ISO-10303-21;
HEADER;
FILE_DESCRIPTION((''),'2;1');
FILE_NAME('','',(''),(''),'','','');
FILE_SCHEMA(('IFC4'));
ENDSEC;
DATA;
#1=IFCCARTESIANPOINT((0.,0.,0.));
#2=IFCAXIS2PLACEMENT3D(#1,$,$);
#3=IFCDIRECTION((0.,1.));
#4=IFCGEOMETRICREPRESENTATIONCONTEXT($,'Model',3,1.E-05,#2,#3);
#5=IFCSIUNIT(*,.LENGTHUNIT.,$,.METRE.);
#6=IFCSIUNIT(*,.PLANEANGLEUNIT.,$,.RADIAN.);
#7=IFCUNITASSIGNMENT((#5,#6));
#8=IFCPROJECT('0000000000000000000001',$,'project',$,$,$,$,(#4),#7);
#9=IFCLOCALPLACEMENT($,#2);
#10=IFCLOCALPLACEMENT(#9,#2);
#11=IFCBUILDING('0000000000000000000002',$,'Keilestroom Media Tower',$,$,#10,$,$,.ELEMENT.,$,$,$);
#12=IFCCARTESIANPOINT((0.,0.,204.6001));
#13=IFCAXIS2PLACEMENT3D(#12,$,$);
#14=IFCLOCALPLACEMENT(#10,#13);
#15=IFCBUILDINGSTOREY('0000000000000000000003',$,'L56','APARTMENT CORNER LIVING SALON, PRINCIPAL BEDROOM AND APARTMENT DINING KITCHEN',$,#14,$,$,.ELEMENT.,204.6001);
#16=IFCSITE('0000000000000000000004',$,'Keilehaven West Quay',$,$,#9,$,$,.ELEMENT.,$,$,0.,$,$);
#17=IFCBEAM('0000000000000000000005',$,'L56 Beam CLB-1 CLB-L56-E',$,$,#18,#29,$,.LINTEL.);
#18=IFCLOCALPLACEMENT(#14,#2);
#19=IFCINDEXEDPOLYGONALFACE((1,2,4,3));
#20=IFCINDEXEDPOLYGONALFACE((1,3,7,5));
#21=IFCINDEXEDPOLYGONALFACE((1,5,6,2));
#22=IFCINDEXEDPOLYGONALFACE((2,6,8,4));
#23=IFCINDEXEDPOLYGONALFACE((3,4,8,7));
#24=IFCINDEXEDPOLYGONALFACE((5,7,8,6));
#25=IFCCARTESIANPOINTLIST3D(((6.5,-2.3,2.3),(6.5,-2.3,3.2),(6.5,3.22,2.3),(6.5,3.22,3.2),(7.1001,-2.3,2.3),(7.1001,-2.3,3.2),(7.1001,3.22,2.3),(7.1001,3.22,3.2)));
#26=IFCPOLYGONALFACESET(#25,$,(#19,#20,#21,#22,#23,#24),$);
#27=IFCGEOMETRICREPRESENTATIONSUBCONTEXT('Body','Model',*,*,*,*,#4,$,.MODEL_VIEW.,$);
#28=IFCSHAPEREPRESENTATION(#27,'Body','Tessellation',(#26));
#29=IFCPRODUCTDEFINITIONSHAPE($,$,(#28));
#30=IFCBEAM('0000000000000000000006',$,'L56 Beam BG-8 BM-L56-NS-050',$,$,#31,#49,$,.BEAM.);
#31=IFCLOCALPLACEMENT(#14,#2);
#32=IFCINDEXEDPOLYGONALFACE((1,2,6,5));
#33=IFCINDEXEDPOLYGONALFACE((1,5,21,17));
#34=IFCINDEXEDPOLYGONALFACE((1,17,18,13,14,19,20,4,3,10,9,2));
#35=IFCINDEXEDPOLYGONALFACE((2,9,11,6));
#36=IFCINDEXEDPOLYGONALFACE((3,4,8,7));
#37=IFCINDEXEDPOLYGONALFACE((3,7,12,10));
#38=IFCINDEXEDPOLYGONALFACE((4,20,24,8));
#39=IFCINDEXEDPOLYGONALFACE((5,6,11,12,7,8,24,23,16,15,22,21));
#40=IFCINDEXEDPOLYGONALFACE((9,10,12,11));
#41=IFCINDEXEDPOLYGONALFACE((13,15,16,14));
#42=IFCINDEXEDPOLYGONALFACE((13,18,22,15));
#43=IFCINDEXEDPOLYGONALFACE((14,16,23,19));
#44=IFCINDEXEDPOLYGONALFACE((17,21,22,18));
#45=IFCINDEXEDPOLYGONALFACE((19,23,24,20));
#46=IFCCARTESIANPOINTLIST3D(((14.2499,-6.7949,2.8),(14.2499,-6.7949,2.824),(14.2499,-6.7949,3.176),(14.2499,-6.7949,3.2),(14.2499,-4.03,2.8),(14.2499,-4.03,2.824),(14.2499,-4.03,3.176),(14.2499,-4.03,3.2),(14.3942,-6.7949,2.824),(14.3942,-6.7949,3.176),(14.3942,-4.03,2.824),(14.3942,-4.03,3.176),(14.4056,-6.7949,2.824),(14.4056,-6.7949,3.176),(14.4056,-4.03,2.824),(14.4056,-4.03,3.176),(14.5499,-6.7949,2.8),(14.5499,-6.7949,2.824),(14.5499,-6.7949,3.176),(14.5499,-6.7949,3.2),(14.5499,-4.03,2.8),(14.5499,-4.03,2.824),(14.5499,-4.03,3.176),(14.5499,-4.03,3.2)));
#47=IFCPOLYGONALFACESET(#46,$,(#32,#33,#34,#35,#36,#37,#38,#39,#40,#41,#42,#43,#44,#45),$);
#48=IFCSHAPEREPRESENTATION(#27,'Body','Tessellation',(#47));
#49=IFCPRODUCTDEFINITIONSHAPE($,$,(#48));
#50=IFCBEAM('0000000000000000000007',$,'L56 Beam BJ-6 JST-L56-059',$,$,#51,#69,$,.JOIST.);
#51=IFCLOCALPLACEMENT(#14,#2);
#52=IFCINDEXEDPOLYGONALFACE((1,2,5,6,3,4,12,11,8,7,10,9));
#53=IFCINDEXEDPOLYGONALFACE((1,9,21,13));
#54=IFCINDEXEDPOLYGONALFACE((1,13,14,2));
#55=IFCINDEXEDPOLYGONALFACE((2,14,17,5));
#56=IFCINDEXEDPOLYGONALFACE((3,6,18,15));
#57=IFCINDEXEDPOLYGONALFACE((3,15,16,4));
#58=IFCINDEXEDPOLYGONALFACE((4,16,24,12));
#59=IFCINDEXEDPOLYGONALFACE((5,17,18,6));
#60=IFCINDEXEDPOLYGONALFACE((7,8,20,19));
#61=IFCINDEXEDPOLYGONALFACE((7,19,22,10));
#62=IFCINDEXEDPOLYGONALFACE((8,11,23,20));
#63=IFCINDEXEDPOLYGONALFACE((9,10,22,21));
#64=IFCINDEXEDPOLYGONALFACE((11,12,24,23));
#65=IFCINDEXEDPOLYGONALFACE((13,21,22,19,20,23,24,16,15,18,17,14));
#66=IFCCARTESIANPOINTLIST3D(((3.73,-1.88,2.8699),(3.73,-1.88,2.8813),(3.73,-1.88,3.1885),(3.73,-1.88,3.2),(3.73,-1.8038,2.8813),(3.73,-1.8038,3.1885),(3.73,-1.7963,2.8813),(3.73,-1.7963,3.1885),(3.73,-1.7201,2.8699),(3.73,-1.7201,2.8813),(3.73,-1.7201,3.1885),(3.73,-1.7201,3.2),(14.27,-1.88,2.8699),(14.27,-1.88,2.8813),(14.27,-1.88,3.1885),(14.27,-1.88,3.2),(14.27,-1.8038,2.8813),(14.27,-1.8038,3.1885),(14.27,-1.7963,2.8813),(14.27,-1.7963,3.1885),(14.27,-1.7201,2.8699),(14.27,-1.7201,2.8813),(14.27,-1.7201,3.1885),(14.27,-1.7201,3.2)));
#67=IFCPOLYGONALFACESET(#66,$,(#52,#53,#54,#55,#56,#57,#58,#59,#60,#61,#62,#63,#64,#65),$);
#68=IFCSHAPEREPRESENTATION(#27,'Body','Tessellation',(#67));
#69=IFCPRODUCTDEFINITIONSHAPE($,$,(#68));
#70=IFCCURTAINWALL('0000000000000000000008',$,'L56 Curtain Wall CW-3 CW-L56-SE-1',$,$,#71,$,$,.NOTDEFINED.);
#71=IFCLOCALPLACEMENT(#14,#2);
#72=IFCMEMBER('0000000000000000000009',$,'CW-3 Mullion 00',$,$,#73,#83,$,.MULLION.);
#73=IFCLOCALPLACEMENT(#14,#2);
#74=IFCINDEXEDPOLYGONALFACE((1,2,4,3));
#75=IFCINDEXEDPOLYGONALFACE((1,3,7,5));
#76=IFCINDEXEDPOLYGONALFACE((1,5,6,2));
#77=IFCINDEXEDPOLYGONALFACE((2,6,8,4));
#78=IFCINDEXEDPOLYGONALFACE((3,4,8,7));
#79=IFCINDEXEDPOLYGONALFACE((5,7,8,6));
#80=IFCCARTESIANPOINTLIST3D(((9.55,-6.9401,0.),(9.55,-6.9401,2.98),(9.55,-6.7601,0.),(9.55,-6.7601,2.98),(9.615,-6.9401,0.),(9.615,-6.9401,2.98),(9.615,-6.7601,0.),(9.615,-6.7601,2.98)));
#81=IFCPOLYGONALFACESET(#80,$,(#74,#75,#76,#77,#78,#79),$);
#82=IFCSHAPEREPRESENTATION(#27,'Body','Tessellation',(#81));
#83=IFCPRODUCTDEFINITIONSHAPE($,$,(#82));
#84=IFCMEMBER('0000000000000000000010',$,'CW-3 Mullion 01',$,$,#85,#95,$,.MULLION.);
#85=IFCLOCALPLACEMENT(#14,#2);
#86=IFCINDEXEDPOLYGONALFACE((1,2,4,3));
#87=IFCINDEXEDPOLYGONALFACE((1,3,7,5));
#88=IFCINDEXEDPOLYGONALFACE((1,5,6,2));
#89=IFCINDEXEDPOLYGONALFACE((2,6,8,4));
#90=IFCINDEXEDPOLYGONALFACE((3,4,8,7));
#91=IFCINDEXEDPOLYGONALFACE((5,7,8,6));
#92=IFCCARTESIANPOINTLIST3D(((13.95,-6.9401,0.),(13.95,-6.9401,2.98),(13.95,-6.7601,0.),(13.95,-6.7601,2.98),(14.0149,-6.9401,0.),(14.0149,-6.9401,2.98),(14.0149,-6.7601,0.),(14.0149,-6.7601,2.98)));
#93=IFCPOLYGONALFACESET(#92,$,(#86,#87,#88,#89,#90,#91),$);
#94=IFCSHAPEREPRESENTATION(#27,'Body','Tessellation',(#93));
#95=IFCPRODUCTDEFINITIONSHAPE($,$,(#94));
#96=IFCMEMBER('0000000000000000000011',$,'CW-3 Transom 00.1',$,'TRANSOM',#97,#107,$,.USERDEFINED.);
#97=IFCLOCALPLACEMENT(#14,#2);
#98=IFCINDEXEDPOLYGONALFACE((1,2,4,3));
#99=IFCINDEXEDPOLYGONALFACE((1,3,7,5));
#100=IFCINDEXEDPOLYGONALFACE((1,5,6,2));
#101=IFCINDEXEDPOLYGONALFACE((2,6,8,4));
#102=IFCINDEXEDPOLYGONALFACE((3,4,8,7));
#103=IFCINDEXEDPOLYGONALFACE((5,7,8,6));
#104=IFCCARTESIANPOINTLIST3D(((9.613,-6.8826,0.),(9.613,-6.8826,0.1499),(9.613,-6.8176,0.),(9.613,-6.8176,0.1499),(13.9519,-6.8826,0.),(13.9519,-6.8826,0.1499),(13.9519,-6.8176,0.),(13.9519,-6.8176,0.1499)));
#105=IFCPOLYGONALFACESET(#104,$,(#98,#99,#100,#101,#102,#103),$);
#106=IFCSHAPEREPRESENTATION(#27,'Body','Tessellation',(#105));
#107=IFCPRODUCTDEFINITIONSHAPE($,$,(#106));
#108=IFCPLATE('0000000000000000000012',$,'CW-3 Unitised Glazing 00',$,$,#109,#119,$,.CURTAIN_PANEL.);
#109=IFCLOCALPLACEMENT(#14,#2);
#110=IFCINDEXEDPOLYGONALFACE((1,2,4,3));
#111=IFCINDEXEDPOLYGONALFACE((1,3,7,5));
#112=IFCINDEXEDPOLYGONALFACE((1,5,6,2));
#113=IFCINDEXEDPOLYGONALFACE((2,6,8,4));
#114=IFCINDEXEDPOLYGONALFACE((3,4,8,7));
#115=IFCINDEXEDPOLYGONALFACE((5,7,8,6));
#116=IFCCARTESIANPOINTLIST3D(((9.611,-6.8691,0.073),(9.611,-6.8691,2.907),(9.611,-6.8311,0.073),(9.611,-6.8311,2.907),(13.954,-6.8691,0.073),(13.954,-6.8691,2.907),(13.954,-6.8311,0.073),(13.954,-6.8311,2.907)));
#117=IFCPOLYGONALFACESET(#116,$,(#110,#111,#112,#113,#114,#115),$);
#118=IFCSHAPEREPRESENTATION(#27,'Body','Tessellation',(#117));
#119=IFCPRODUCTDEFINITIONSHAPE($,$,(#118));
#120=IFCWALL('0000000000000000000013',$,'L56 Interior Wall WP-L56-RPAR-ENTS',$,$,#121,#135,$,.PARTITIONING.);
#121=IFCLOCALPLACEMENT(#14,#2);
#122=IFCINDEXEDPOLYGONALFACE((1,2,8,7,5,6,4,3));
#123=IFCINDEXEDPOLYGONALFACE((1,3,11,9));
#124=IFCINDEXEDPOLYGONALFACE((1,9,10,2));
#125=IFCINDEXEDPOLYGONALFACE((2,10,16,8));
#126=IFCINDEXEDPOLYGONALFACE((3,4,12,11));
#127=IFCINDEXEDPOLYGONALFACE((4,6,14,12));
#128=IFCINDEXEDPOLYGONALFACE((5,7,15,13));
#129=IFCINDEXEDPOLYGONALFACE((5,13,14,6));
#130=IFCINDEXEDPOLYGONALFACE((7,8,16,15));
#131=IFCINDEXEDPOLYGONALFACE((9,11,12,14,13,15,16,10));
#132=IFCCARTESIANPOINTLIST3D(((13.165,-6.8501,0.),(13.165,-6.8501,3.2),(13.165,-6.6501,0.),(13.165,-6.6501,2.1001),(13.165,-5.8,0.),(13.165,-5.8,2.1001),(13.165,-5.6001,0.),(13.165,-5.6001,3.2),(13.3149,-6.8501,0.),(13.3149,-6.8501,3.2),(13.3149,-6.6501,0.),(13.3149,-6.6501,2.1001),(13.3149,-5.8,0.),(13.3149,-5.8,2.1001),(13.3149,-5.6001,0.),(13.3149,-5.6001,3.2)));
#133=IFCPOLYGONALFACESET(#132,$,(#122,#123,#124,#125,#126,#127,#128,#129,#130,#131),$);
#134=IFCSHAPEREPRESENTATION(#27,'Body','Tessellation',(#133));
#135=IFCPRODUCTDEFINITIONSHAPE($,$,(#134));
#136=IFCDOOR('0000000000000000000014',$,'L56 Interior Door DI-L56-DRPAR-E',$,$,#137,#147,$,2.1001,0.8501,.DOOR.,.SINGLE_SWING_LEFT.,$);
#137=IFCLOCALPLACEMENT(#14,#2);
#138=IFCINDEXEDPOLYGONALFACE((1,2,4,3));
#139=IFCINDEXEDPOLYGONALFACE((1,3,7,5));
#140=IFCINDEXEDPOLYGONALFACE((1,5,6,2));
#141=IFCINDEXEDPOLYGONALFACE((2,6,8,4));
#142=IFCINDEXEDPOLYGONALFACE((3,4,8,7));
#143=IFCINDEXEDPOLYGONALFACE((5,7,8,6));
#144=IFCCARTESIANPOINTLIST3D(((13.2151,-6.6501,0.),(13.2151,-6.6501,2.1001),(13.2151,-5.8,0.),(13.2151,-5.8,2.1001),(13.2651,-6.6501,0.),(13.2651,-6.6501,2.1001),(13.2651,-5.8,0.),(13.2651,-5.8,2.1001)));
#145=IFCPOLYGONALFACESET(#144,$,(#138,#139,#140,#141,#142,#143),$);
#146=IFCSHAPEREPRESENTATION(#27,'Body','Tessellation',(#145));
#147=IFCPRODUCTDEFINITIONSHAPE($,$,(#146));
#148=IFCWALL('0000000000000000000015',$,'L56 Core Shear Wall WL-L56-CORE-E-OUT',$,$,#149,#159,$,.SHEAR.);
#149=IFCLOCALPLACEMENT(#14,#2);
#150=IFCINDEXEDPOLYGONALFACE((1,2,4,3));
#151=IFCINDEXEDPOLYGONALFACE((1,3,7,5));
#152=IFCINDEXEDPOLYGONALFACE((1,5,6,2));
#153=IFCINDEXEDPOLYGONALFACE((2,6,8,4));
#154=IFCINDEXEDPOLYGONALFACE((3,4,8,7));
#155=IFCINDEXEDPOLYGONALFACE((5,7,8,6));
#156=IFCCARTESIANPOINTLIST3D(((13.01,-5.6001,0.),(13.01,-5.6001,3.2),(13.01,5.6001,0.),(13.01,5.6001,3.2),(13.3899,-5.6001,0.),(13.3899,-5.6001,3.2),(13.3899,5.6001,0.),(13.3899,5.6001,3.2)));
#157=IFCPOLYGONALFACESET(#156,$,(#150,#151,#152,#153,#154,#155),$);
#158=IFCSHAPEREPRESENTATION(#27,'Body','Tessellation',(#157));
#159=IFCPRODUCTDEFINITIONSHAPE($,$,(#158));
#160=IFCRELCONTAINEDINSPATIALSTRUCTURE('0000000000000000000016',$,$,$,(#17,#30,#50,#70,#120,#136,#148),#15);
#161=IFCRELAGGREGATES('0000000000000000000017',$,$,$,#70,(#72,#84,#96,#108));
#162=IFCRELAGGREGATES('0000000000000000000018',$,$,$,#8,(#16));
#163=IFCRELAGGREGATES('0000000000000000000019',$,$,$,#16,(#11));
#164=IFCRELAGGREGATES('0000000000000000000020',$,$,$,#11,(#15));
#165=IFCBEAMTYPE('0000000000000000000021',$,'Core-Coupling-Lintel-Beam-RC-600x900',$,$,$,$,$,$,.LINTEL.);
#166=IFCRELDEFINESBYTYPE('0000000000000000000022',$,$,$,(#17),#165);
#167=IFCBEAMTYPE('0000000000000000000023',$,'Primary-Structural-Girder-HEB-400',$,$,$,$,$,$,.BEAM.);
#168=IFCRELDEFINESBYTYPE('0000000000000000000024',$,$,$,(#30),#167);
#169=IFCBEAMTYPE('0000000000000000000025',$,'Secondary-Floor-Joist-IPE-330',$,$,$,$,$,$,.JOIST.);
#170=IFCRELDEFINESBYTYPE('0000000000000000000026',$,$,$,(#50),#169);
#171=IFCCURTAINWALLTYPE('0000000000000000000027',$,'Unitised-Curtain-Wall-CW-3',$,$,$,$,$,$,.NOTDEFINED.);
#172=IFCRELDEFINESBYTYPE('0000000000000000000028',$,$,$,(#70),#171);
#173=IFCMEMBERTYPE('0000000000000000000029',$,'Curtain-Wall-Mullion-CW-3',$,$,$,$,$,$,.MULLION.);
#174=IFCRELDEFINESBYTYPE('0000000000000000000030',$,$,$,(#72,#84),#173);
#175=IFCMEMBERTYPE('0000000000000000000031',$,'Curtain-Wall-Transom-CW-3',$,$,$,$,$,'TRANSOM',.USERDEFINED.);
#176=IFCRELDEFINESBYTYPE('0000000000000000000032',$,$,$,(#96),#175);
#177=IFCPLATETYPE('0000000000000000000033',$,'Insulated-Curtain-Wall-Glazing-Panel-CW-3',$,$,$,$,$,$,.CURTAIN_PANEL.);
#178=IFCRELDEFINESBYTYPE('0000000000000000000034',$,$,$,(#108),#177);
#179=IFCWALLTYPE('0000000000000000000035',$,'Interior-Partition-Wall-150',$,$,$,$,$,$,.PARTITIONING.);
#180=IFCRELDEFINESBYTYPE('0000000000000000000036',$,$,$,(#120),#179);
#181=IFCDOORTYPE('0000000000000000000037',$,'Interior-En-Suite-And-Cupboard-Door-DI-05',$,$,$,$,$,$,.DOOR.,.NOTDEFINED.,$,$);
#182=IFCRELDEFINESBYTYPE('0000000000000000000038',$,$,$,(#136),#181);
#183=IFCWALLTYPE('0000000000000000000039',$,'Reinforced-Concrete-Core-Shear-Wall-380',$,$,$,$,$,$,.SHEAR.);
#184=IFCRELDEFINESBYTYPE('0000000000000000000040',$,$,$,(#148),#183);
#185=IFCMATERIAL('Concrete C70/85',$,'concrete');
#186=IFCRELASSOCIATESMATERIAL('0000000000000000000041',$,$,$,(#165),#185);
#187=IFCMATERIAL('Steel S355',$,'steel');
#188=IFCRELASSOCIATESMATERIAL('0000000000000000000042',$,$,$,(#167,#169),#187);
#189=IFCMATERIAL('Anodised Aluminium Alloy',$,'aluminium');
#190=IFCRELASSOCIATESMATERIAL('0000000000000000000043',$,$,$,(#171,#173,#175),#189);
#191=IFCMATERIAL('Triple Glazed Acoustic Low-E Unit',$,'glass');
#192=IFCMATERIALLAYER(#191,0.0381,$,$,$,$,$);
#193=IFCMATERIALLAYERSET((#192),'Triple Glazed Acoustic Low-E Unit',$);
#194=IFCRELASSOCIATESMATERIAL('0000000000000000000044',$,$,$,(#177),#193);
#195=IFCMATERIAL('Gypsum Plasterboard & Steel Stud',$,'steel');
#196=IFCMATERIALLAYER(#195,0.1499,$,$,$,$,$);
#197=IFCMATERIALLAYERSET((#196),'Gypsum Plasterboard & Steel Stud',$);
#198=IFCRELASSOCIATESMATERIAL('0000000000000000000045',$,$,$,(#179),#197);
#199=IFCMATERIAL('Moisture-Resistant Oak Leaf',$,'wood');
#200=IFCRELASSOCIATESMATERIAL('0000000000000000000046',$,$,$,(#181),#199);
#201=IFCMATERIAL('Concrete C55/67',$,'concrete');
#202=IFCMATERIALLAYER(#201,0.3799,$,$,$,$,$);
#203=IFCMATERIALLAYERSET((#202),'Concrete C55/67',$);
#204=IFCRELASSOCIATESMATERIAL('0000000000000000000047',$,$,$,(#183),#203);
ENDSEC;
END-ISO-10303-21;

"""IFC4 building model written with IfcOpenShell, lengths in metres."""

from ifc_helpers import new_model, si_unit, direction, frame, frame_2d, origin, origin_2d, place, context, subcontext, project, spatial, rectangle, i_section, extrude, source, transform, mapped, material, layer, layer_set, material_profile, profile_set, type_object, element, fill, aggregate, save


model = new_model("IFC4")

# Units and contexts
model_context = context("Model", 3, precision=1e-05, world=origin(), true_north=direction((0.0, 1.0)))
body_context = subcontext(model_context, "Body", "Model", "MODEL_VIEW")
ifc_project = project(units=[si_unit("LENGTHUNIT", "METRE"), si_unit("PLANEANGLEUNIT", "RADIAN")], contexts=[model_context])

# Site, building, storey
site_placement = place(None, origin())
site = spatial("IfcSite", under=ifc_project, at=site_placement, Name="Keilehaven West Quay", CompositionType="ELEMENT", RefElevation=0.0)
building_placement = place(site_placement, origin())
building = spatial("IfcBuilding", under=site, at=building_placement, Name="Keilestroom Media Tower", CompositionType="ELEMENT")
storey_placement = place(building_placement, frame((0.0, 0.0, 204.6001)))
storey = spatial("IfcBuildingStorey", under=building, at=storey_placement, Name="L56", Description="APARTMENT CORNER LIVING SALON, PRINCIPAL BEDROOM AND APARTMENT DINING KITCHEN", CompositionType="ELEMENT", Elevation=204.6001)

# Beams
ifc_material_1 = material(Name="Concrete C70/85", Category="concrete")
ifc_material_profile_1 = material_profile(ifc_material_1, rectangle(XDim=0.6001, YDim=0.8999, at=origin_2d()), Name="RC 600x900")
ifc_profile_set_1 = profile_set([ifc_material_profile_1], Name="Concrete C70/85")
beam_type_1 = type_object("IfcBeamType", Name="Core-Coupling-Lintel-Beam-RC-600x900", PredefinedType="LINTEL", material=ifc_profile_set_1)
shared_shape_1 = source(origin(), body_context, "Body", "SweptSolid", [
    extrude(rectangle(XDim=0.6001, YDim=0.8999, at=origin_2d()), origin(), (0.0, 0.0, 1.0), 5.52),
])
beam_1_placement = place(storey_placement, frame((6.8, -2.3, 2.75), z_axis=(0.0, 1.0, 0.0), x_axis=(-1.0, 0.0, 0.0)))
element("IfcBeam", 1, at=beam_1_placement, inside=storey, type_object=beam_type_1, Name="L56 Beam CLB-1 CLB-L56-E", PredefinedType="LINTEL", context=body_context, shape_type="MappedRepresentation", body=[
    mapped(shared_shape_1, transform((0.0, 0.0, 0.0), x_axis=(1.0, 0.0, 0.0), y_axis=(0.0, 1.0, 0.0), z_axis=(0.0, 0.0, 1.0), scale=1.0)),
])
ifc_material_2 = material(Name="Steel S355", Category="steel")
ifc_material_profile_2 = material_profile(ifc_material_2, i_section(OverallWidth=0.3, OverallDepth=0.3999, WebThickness=0.0115, FlangeThickness=0.0239, at=origin_2d()), Name="HEB 400")
ifc_profile_set_2 = profile_set([ifc_material_profile_2], Name="Steel S355")
beam_type_2 = type_object("IfcBeamType", Name="Primary-Structural-Girder-HEB-400", PredefinedType="BEAM", material=ifc_profile_set_2)
shared_shape_2 = source(origin(), body_context, "Body", "SweptSolid", [
    extrude(i_section(OverallWidth=0.3, OverallDepth=0.3999, WebThickness=0.0115, FlangeThickness=0.0239, at=origin_2d()), origin(), (0.0, 0.0, 1.0), 2.7649),
])
beam_2_placement = place(storey_placement, frame((14.3999, -6.7949, 3.0), z_axis=(0.0, 1.0, 0.0), x_axis=(-1.0, 0.0, 0.0)))
element("IfcBeam", 2, at=beam_2_placement, inside=storey, type_object=beam_type_2, Name="L56 Beam BG-8 BM-L56-NS-050", PredefinedType="BEAM", context=body_context, shape_type="MappedRepresentation", body=[
    mapped(shared_shape_2, transform((0.0, 0.0, 0.0), x_axis=(1.0, 0.0, 0.0), y_axis=(0.0, 1.0, 0.0), z_axis=(0.0, 0.0, 1.0), scale=1.0)),
])
ifc_material_profile_3 = material_profile(ifc_material_2, i_section(OverallWidth=0.1599, OverallDepth=0.3301, WebThickness=0.0076, FlangeThickness=0.0115, at=origin_2d()), Name="IPE 330")
ifc_profile_set_3 = profile_set([ifc_material_profile_3], Name="Steel S355")
beam_type_3 = type_object("IfcBeamType", Name="Secondary-Floor-Joist-IPE-330", PredefinedType="JOIST", material=ifc_profile_set_3)
shared_shape_3 = source(origin(), body_context, "Body", "SweptSolid", [
    extrude(i_section(OverallWidth=0.1599, OverallDepth=0.3301, WebThickness=0.0076, FlangeThickness=0.0115, at=origin_2d()), origin(), (0.0, 0.0, 1.0), 10.54),
])
beam_3_placement = place(storey_placement, frame((3.73, -1.8, 3.0349), z_axis=(1.0, 0.0, 0.0), x_axis=(0.0, 1.0, 0.0)))
element("IfcBeam", 3, at=beam_3_placement, inside=storey, type_object=beam_type_3, Name="L56 Beam BJ-6 JST-L56-059", PredefinedType="JOIST", context=body_context, shape_type="MappedRepresentation", body=[
    mapped(shared_shape_3, transform((0.0, 0.0, 0.0), x_axis=(1.0, 0.0, 0.0), y_axis=(0.0, 1.0, 0.0), z_axis=(0.0, 0.0, 1.0), scale=1.0)),
])

# Curtain wall, members, plate
ifc_material_3 = material(Name="Anodised Aluminium Alloy", Category="aluminium")
curtain_wall_type = type_object("IfcCurtainWallType", Name="Unitised-Curtain-Wall-CW-3", PredefinedType="NOTDEFINED", material=ifc_material_3)
curtain_wall_placement = place(storey_placement, origin())
curtain_wall = element("IfcCurtainWall", 4, at=curtain_wall_placement, inside=storey, type_object=curtain_wall_type, Name="L56 Curtain Wall CW-3 CW-L56-SE-1", PredefinedType="NOTDEFINED")
ifc_material_profile_4 = material_profile(ifc_material_3, rectangle(XDim=0.0649, YDim=0.1799, at=origin_2d()), Name="ALU MULLION 65x180")
ifc_profile_set_4 = profile_set([ifc_material_profile_4], Name="Anodised Aluminium Alloy")
member_type_1 = type_object("IfcMemberType", Name="Curtain-Wall-Mullion-CW-3", PredefinedType="MULLION", material=ifc_profile_set_4)
shared_shape_4 = source(origin(), body_context, "Body", "SweptSolid", [
    extrude(rectangle(XDim=0.0649, YDim=0.1799, at=origin_2d()), origin(), (0.0, 0.0, 1.0), 2.98),
])
member_1_placement = place(storey_placement, frame((9.5825, -6.8501, 0.0), z_axis=(0.0, 0.0, 1.0), x_axis=(1.0, 0.0, 0.0)))
member_1 = element("IfcMember", 5, at=member_1_placement, type_object=member_type_1, Name="CW-3 Mullion 00", PredefinedType="MULLION", context=body_context, shape_type="MappedRepresentation", body=[
    mapped(shared_shape_4, transform((0.0, 0.0, 0.0), x_axis=(1.0, 0.0, 0.0), y_axis=(0.0, 1.0, 0.0), z_axis=(0.0, 0.0, 1.0), scale=1.0)),
])
member_2_placement = place(storey_placement, frame((13.9824, -6.8501, 0.0), z_axis=(0.0, 0.0, 1.0), x_axis=(1.0, 0.0, 0.0)))
member_2 = element("IfcMember", 6, at=member_2_placement, type_object=member_type_1, Name="CW-3 Mullion 01", PredefinedType="MULLION", context=body_context, shape_type="MappedRepresentation", body=[
    mapped(shared_shape_4, transform((0.0, 0.0, 0.0), x_axis=(1.0, 0.0, 0.0), y_axis=(0.0, 1.0, 0.0), z_axis=(0.0, 0.0, 1.0), scale=1.0)),
])
ifc_material_profile_5 = material_profile(ifc_material_3, rectangle(XDim=0.0649, YDim=0.1499, at=origin_2d()), Name="ALU TRANSOM 65x150")
ifc_profile_set_5 = profile_set([ifc_material_profile_5], Name="Anodised Aluminium Alloy")
member_type_2 = type_object("IfcMemberType", Name="Curtain-Wall-Transom-CW-3", ElementType="TRANSOM", PredefinedType="USERDEFINED", material=ifc_profile_set_5)
shared_shape_5 = source(origin(), body_context, "Body", "SweptSolid", [
    extrude(rectangle(XDim=0.0649, YDim=0.1499, at=origin_2d()), origin(), (0.0, 0.0, 1.0), 4.3389),
])
member_3_placement = place(storey_placement, frame((9.613, -6.8501, 0.075), z_axis=(1.0, 0.0, 0.0), x_axis=(0.0, 1.0, 0.0)))
member_3 = element("IfcMember", 7, at=member_3_placement, type_object=member_type_2, Name="CW-3 Transom 00.1", ObjectType="TRANSOM", PredefinedType="USERDEFINED", context=body_context, shape_type="MappedRepresentation", body=[
    mapped(shared_shape_5, transform((0.0, 0.0, 0.0), x_axis=(1.0, 0.0, 0.0), y_axis=(0.0, 1.0, 0.0), z_axis=(0.0, 0.0, 1.0), scale=1.0)),
])
ifc_material_4 = material(Name="Triple Glazed Acoustic Low-E Unit", Category="glass")
ifc_layer_1 = layer(ifc_material_4, 0.0381)
ifc_layer_set_1 = layer_set([ifc_layer_1], Name="Triple Glazed Acoustic Low-E Unit")
plate_type = type_object("IfcPlateType", Name="Insulated-Curtain-Wall-Glazing-Panel-CW-3", PredefinedType="CURTAIN_PANEL", material=ifc_layer_set_1)
shared_shape_6 = source(origin(), body_context, "Body", "SweptSolid", [
    extrude(rectangle(XDim=4.343, YDim=0.0381, at=origin_2d()), origin(), (0.0, 0.0, 1.0), 2.834),
])
plate_placement = place(storey_placement, frame((11.7825, -6.8501, 0.073), z_axis=(0.0, 0.0, 1.0), x_axis=(1.0, 0.0, 0.0)))
plate = element("IfcPlate", 8, at=plate_placement, type_object=plate_type, Name="CW-3 Unitised Glazing 00", PredefinedType="CURTAIN_PANEL", context=body_context, shape_type="MappedRepresentation", body=[
    mapped(shared_shape_6, transform((0.0, 0.0, 0.0), x_axis=(1.0, 0.0, 0.0), y_axis=(0.0, 1.0, 0.0), z_axis=(0.0, 0.0, 1.0), scale=1.0)),
])
aggregate(curtain_wall, [member_1, member_2, member_3, plate])

# Wall, opening, door
ifc_material_5 = material(Name="Gypsum Plasterboard & Steel Stud", Category="steel")
ifc_layer_2 = layer(ifc_material_5, 0.1499)
ifc_layer_set_2 = layer_set([ifc_layer_2], Name="Gypsum Plasterboard & Steel Stud")
wall_type_1 = type_object("IfcWallType", Name="Interior-Partition-Wall-150", PredefinedType="PARTITIONING", material=ifc_layer_set_2)
wall_1_placement = place(storey_placement, frame((13.24, -6.8501, 0.0), z_axis=(0.0, 0.0, 1.0), x_axis=(0.0, 1.0, 0.0)))
wall_1 = element("IfcWall", 9, at=wall_1_placement, inside=storey, type_object=wall_type_1, Name="L56 Interior Wall WP-L56-RPAR-ENTS", PredefinedType="PARTITIONING", context=body_context, shape_type="SweptSolid", body=[
    extrude(rectangle(XDim=1.25, YDim=0.1499, at=frame_2d((0.625, 0.0))), origin(), (0.0, 0.0, 1.0), 3.2),
])
opening_1_placement = place(wall_1_placement, frame((0.2, 0.0, 0.0)))
opening_1 = element("IfcOpeningElement", 10, at=opening_1_placement, cuts=wall_1, PredefinedType="OPENING", context=body_context, shape_type="SweptSolid", body=[
    extrude(rectangle(XDim=0.8501, YDim=2.1001, at=frame_2d((0.425, 1.05))), frame((0.0, 0.085, 0.0), z_axis=(0.0, -1.0, 0.0), x_axis=(1.0, 0.0, 0.0)), (0.0, 0.0, 1.0), 0.1699),
])
ifc_material_6 = material(Name="Moisture-Resistant Oak Leaf", Category="wood")
door_type_1 = type_object("IfcDoorType", Name="Interior-En-Suite-And-Cupboard-Door-DI-05", OperationType="NOTDEFINED", PredefinedType="DOOR", material=ifc_material_6)
shared_shape_7 = source(origin(), body_context, "Body", "SweptSolid", [
    extrude(rectangle(XDim=0.8501, YDim=2.1001, at=frame_2d((0.425, 1.05))), frame((0.0, 0.0249, 0.0), z_axis=(0.0, -1.0, 0.0), x_axis=(1.0, 0.0, 0.0)), (0.0, 0.0, 1.0), 0.05),
])
door_1_placement = place(opening_1_placement, origin())
door_1 = element("IfcDoor", 11, at=door_1_placement, inside=storey, type_object=door_type_1, Name="L56 Interior Door DI-L56-DRPAR-E", OperationType="SINGLE_SWING_LEFT", OverallHeight=2.1001, OverallWidth=0.8501, PredefinedType="DOOR", context=body_context, shape_type="MappedRepresentation", body=[
    mapped(shared_shape_7, transform((0.0, 0.0, 0.0), x_axis=(1.0, 0.0, 0.0), y_axis=(0.0, 1.0, 0.0), z_axis=(0.0, 0.0, 1.0), scale=1.0)),
])
fill(opening_1, door_1)

# Wall
ifc_material_7 = material(Name="Concrete C55/67", Category="concrete")
ifc_layer_3 = layer(ifc_material_7, 0.3799)
ifc_layer_set_3 = layer_set([ifc_layer_3], Name="Concrete C55/67")
wall_type_2 = type_object("IfcWallType", Name="Reinforced-Concrete-Core-Shear-Wall-380", PredefinedType="SHEAR", material=ifc_layer_set_3)
wall_2_placement = place(storey_placement, frame((13.2, -5.6001, 0.0), z_axis=(0.0, 0.0, 1.0), x_axis=(0.0, 1.0, 0.0)))
element("IfcWall", 12, at=wall_2_placement, inside=storey, type_object=wall_type_2, Name="L56 Core Shear Wall WL-L56-CORE-E-OUT", PredefinedType="SHEAR", context=body_context, shape_type="SweptSolid", body=[
    extrude(rectangle(XDim=11.2002, YDim=0.3799, at=frame_2d((5.6001, 0.0))), origin(), (0.0, 0.0, 1.0), 3.2),
])

save(model, "model.ifc")
